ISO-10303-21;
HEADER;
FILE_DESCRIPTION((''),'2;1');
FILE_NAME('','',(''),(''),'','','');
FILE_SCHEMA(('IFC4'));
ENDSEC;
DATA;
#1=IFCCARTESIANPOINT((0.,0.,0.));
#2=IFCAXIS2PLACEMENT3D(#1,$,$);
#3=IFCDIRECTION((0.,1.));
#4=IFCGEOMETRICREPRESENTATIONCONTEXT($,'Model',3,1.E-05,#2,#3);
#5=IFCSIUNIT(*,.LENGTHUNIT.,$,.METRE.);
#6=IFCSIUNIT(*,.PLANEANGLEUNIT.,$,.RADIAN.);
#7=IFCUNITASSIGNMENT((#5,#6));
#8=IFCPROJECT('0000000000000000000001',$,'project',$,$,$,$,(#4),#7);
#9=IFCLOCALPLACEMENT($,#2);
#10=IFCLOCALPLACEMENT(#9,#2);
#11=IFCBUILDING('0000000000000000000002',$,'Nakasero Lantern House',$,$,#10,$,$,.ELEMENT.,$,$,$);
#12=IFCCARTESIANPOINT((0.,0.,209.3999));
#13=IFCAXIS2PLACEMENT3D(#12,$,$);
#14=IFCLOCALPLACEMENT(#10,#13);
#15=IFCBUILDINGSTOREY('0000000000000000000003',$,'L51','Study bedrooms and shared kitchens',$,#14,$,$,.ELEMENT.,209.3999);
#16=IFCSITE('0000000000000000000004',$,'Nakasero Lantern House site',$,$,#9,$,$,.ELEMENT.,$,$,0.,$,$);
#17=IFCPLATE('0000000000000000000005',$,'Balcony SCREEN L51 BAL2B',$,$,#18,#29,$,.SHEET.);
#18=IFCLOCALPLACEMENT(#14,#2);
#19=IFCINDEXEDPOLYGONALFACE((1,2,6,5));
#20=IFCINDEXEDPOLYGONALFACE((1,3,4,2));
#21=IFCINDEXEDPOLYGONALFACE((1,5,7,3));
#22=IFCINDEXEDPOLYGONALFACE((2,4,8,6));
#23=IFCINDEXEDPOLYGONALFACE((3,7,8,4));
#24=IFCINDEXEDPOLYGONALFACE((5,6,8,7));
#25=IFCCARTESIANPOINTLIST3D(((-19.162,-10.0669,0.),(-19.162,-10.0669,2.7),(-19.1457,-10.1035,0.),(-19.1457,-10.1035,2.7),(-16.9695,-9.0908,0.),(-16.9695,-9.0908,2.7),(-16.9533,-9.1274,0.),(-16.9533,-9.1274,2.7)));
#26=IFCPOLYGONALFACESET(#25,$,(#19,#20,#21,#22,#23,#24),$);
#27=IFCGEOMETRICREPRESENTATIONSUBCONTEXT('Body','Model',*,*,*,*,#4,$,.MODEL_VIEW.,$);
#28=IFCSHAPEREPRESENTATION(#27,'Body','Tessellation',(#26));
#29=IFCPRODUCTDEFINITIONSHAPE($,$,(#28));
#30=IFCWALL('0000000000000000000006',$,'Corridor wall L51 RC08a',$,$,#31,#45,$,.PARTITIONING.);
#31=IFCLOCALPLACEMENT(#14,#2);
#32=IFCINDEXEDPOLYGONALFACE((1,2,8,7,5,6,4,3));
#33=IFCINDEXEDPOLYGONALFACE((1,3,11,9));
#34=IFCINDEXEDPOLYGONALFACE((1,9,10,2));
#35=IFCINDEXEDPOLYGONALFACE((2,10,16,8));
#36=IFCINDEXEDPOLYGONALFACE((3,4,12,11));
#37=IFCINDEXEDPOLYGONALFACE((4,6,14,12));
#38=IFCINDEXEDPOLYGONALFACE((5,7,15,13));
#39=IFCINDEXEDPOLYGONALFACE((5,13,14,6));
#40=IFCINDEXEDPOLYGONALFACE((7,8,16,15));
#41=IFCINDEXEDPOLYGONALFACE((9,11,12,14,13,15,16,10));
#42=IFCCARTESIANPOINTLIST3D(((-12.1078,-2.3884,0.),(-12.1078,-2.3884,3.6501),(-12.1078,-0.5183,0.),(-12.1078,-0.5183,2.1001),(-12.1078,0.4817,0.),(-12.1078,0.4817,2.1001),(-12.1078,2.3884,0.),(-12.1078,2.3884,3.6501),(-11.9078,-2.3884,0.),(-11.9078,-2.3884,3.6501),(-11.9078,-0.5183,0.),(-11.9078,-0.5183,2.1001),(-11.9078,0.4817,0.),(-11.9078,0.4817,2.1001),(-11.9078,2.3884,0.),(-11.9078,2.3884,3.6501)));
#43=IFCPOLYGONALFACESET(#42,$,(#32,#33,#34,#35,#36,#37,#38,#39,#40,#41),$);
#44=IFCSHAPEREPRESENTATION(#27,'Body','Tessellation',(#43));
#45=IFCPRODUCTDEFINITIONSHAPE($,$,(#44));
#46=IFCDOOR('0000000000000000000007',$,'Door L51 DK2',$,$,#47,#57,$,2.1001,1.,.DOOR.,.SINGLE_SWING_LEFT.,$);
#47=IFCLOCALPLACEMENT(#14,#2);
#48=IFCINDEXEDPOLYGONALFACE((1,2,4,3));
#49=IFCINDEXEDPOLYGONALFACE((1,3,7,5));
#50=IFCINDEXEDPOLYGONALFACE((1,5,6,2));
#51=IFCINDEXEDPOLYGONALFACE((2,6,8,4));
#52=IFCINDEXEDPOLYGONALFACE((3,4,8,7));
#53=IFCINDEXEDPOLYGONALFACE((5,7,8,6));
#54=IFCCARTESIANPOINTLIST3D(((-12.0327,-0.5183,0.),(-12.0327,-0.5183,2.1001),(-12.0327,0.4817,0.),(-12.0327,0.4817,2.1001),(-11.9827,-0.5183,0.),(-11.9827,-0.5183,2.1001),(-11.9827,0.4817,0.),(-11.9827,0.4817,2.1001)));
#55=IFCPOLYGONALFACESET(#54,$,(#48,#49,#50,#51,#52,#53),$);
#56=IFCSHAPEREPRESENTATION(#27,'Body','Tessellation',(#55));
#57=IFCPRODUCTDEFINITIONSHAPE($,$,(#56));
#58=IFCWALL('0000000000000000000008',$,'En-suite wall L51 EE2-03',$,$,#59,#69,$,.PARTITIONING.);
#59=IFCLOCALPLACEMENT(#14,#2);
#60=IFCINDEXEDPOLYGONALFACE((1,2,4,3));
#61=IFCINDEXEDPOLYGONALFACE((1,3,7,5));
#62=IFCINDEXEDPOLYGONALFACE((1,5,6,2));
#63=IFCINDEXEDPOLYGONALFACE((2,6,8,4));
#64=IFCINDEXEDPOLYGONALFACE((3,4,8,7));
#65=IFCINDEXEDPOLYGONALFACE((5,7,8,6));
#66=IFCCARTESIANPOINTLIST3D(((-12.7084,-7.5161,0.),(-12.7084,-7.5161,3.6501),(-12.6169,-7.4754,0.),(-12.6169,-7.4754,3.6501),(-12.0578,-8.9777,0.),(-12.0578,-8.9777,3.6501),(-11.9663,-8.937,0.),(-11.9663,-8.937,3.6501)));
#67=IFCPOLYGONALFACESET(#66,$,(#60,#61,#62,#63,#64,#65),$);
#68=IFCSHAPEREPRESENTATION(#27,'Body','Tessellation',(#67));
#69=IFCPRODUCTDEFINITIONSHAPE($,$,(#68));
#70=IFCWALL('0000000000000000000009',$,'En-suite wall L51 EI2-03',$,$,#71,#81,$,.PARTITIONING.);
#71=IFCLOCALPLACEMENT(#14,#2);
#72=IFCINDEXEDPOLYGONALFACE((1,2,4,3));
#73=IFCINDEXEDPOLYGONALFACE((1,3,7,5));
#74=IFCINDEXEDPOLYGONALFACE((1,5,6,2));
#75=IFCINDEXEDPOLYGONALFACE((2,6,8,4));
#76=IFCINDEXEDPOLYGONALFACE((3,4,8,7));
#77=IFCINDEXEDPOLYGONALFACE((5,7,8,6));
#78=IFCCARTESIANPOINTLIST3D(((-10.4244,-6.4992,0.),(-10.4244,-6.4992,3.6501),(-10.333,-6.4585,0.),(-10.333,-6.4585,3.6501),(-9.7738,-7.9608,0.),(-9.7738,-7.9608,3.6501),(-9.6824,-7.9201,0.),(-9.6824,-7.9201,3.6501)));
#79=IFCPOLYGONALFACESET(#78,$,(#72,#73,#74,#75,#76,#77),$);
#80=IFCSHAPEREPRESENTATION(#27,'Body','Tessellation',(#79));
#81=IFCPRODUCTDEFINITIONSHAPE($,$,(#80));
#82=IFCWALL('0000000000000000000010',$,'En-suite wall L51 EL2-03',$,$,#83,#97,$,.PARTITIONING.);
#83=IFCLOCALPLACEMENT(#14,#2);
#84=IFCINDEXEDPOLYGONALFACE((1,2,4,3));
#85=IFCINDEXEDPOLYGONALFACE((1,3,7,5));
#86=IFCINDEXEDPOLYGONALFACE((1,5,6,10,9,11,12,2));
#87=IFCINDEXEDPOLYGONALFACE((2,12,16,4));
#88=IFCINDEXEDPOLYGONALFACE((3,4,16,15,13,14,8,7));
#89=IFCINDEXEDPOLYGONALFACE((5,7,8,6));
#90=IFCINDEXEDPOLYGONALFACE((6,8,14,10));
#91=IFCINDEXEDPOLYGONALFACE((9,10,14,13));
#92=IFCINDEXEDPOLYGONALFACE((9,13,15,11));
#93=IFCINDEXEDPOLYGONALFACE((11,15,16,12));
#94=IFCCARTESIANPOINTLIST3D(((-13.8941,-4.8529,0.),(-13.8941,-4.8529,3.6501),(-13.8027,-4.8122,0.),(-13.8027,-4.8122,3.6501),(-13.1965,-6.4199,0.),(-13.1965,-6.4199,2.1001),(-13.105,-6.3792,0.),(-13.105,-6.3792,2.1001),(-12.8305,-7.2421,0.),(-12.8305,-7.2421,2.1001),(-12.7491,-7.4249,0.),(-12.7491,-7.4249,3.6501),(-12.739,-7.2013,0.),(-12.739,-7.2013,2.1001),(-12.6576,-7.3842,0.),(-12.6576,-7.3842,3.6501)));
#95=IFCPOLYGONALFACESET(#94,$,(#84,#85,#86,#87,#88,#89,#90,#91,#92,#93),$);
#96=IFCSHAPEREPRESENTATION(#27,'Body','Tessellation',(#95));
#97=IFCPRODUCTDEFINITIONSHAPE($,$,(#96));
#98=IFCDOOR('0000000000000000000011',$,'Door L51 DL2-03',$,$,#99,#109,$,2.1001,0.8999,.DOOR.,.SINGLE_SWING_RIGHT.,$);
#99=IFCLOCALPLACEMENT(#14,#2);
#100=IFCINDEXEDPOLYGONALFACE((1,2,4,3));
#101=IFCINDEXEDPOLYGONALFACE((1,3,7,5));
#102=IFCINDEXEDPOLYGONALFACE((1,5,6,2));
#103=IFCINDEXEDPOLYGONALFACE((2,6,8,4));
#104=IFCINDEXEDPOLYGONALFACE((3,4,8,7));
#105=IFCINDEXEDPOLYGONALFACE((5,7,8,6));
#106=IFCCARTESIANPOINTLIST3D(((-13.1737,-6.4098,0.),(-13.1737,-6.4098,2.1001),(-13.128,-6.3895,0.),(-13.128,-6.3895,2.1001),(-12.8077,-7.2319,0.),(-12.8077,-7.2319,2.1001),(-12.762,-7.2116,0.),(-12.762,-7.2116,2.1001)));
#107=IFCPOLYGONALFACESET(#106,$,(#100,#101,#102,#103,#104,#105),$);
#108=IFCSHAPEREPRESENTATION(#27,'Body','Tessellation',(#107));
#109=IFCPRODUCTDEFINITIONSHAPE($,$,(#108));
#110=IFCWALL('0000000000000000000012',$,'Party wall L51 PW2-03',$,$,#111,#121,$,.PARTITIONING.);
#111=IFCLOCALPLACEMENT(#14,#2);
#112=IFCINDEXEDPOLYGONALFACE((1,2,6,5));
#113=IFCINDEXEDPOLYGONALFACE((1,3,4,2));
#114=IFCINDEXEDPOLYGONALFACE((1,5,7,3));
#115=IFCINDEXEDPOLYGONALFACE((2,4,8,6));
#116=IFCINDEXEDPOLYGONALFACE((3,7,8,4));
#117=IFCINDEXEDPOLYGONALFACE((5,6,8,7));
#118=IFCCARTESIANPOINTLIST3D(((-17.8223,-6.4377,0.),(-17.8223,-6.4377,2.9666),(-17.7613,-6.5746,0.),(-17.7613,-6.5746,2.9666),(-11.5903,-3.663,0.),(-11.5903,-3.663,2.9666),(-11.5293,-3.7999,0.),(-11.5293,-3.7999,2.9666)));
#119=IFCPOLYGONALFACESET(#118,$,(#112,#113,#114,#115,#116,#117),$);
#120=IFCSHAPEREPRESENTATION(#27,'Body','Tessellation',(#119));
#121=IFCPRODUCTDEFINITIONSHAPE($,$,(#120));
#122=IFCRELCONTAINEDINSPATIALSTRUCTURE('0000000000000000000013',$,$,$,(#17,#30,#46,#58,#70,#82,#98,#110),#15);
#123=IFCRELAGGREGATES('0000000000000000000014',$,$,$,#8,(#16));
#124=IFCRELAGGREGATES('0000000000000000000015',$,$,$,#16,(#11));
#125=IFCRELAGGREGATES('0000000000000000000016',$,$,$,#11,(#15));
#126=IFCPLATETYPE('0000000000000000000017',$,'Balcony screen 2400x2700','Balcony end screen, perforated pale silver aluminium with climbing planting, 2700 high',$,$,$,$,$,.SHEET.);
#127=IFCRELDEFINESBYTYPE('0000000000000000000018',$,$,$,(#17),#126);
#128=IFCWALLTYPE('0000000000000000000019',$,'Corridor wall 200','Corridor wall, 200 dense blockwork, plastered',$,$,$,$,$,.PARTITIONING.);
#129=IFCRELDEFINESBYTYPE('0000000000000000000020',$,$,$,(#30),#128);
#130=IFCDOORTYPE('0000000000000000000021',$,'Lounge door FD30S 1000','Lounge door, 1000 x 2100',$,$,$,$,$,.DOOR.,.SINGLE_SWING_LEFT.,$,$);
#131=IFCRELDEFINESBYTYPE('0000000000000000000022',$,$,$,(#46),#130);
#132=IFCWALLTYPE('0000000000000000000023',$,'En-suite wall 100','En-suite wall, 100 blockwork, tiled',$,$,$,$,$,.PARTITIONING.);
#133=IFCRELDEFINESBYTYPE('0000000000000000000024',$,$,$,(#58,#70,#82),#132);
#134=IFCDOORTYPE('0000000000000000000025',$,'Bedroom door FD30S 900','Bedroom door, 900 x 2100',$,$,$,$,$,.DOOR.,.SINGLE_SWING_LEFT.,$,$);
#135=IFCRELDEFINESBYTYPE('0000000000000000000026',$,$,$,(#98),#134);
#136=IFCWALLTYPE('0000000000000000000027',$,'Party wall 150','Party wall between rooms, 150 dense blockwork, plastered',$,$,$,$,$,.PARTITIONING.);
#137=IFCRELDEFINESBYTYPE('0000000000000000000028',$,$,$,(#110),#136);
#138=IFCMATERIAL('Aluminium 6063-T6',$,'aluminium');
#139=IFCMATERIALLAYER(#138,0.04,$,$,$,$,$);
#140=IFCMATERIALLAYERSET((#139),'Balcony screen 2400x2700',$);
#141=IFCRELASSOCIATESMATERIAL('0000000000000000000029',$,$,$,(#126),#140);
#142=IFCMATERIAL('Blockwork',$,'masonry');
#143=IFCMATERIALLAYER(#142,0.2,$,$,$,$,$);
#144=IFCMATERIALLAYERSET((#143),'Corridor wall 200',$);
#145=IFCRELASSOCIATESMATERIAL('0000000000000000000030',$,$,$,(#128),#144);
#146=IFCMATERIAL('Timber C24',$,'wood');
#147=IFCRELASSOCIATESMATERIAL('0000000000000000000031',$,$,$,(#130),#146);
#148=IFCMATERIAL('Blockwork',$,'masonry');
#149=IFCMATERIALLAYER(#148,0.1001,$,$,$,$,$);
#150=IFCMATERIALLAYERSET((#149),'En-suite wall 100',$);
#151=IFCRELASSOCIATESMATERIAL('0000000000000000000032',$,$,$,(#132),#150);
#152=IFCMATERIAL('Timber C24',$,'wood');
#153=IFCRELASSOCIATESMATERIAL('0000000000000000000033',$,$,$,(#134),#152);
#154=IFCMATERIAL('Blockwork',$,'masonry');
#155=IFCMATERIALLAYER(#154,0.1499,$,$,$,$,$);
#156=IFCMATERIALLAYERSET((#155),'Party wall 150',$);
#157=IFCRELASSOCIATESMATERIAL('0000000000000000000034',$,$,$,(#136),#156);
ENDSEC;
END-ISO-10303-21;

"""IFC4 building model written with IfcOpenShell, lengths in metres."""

from ifc_helpers import new_model, si_unit, direction, frame, frame_2d, origin, origin_2d, place, context, subcontext, project, spatial, rectangle, extrude, material, layer, layer_set, type_object, element, fill, save


model = new_model("IFC4")

# Units and contexts
model_context = context("Model", 3, precision=1e-05, world=origin(), true_north=direction((0.0, 1.0)))
body_context = subcontext(model_context, "Body", "Model", "MODEL_VIEW")
ifc_project = project(units=[si_unit("LENGTHUNIT", "METRE"), si_unit("PLANEANGLEUNIT", "RADIAN")], contexts=[model_context])

# Site, building, storey
site_placement = place(None, origin())
site = spatial("IfcSite", under=ifc_project, at=site_placement, Name="Nakasero Lantern House site", CompositionType="ELEMENT", RefElevation=0.0)
building_placement = place(site_placement, origin())
building = spatial("IfcBuilding", under=site, at=building_placement, Name="Nakasero Lantern House", CompositionType="ELEMENT")
storey_placement = place(building_placement, frame((0.0, 0.0, 209.3999)))
storey = spatial("IfcBuildingStorey", under=building, at=storey_placement, Name="L51", Description="Study bedrooms and shared kitchens", CompositionType="ELEMENT", Elevation=209.3999)

# Plate
ifc_material_1 = material(Name="Aluminium 6063-T6", Category="aluminium")
ifc_layer_1 = layer(ifc_material_1, 0.04)
ifc_layer_set_1 = layer_set([ifc_layer_1], Name="Balcony screen 2400x2700")
plate_type_1 = type_object("IfcPlateType", Name="Balcony screen 2400x2700", Description="Balcony end screen, perforated pale silver aluminium with climbing planting, 2700 high", PredefinedType="SHEET", material=ifc_layer_set_1)
for number, where, z_axis, x_axis, name in (
    (1, (-18.0576, -9.5972, 0.0), (0.0, 0.0, 1.0), (-0.913545, -0.406737, 0.0), "Balcony SCREEN L51 BAL2B"),
):
    element("IfcPlate", number, at=place(storey_placement, frame(where, z_axis=z_axis, x_axis=x_axis)), inside=storey, type_object=plate_type_1, Name=name, PredefinedType="SHEET", context=body_context, shape_type="SweptSolid", body=[
        extrude(rectangle(XDim=2.3999, YDim=0.04, at=origin_2d()), origin(), (0.0, 0.0, 1.0), 2.7),
    ])

# Wall, opening, door
ifc_material_2 = material(Name="Blockwork", Category="masonry")
ifc_layer_2 = layer(ifc_material_2, 0.2)
ifc_layer_set_2 = layer_set([ifc_layer_2], Name="Corridor wall 200")
wall_type_1 = type_object("IfcWallType", Name="Corridor wall 200", Description="Corridor wall, 200 dense blockwork, plastered", PredefinedType="PARTITIONING", material=ifc_layer_set_2)
wall_1_placement = place(storey_placement, frame((-12.0078, -2.3884, 0.0), z_axis=(0.0, 0.0, 1.0), x_axis=(0.0, 1.0, 0.0)))
wall_1 = element("IfcWall", 2, at=wall_1_placement, inside=storey, type_object=wall_type_1, Name="Corridor wall L51 RC08a", PredefinedType="PARTITIONING", context=body_context, shape_type="SweptSolid", body=[
    extrude(rectangle(XDim=4.7769, YDim=0.2, at=frame_2d((2.3884, 0.0))), origin(), (0.0, 0.0, 1.0), 3.6501),
])
opening_1_placement = place(wall_1_placement, frame((1.8701, 0.0, 0.0)))
opening_1 = element("IfcOpeningElement", 3, at=opening_1_placement, cuts=wall_1, PredefinedType="OPENING", context=body_context, shape_type="SweptSolid", body=[
    extrude(rectangle(XDim=1.0, YDim=2.1001, at=frame_2d((0.5, 1.05))), frame((0.0, 0.1199, 0.0), z_axis=(0.0, -1.0, 0.0), x_axis=(1.0, 0.0, 0.0)), (0.0, 0.0, 1.0), 0.24),
])
ifc_material_3 = material(Name="Timber C24", Category="wood")
door_type_1 = type_object("IfcDoorType", Name="Lounge door FD30S 1000", Description="Lounge door, 1000 x 2100", OperationType="SINGLE_SWING_LEFT", PredefinedType="DOOR", material=ifc_material_3)
door_1_placement = place(opening_1_placement, origin())
door_1 = element("IfcDoor", 4, at=door_1_placement, inside=storey, type_object=door_type_1, Name="Door L51 DK2", OperationType="SINGLE_SWING_LEFT", OverallHeight=2.1001, OverallWidth=1.0, PredefinedType="DOOR", context=body_context, shape_type="SweptSolid", body=[
    extrude(rectangle(XDim=1.0, YDim=2.1001, at=frame_2d((0.5, 1.05))), frame((0.0, 0.0249, 0.0), z_axis=(0.0, -1.0, 0.0), x_axis=(1.0, 0.0, 0.0)), (0.0, 0.0, 1.0), 0.05),
])
fill(opening_1, door_1)

# Walls
ifc_material_4 = material(Name="Blockwork", Category="masonry")
ifc_layer_3 = layer(ifc_material_4, 0.1001)
ifc_layer_set_3 = layer_set([ifc_layer_3], Name="En-suite wall 100")
wall_type_2 = type_object("IfcWallType", Name="En-suite wall 100", Description="En-suite wall, 100 blockwork, tiled", PredefinedType="PARTITIONING", material=ifc_layer_set_3)
for number, where, z_axis, x_axis, name in (
    (5, (-12.6626, -7.4958, 0.0), (0.0, 0.0, 1.0), (0.406662, -0.913579, 0.0), "En-suite wall L51 EE2-03"),
    (6, (-10.3787, -6.479, 0.0), (0.0, 0.0, 1.0), (0.406662, -0.913579, 0.0), "En-suite wall L51 EI2-03"),
):
    element("IfcWall", number, at=place(storey_placement, frame(where, z_axis=z_axis, x_axis=x_axis)), inside=storey, type_object=wall_type_2, Name=name, PredefinedType="PARTITIONING", context=body_context, shape_type="SweptSolid", body=[
        extrude(rectangle(XDim=1.5999, YDim=0.1001, at=frame_2d((0.7998, 0.0))), origin(), (0.0, 0.0, 1.0), 3.6501),
    ])

# Wall, opening, door
wall_2_placement = place(storey_placement, frame((-13.8484, -4.8325, 0.0), z_axis=(0.0, 0.0, 1.0), x_axis=(0.406702, -0.913561, 0.0)))
wall_2 = element("IfcWall", 7, at=wall_2_placement, inside=storey, type_object=wall_type_2, Name="En-suite wall L51 EL2-03", PredefinedType="PARTITIONING", context=body_context, shape_type="SweptSolid", body=[
    extrude(rectangle(XDim=2.8154, YDim=0.1001, at=frame_2d((1.4077, 0.0))), origin(), (0.0, 0.0, 1.0), 3.6501),
])
opening_2_placement = place(wall_2_placement, frame((1.7153, 0.0, 0.0)))
opening_2 = element("IfcOpeningElement", 8, at=opening_2_placement, cuts=wall_2, PredefinedType="OPENING", context=body_context, shape_type="SweptSolid", body=[
    extrude(rectangle(XDim=0.8999, YDim=2.1001, at=frame_2d((0.45, 1.05))), frame((0.0, 0.0701, 0.0), z_axis=(0.0, -1.0, 0.0), x_axis=(1.0, 0.0, 0.0)), (0.0, 0.0, 1.0), 0.1401),
])
ifc_material_5 = material(Name="Timber C24", Category="wood")
door_type_2 = type_object("IfcDoorType", Name="Bedroom door FD30S 900", Description="Bedroom door, 900 x 2100", OperationType="SINGLE_SWING_LEFT", PredefinedType="DOOR", material=ifc_material_5)
door_2_placement = place(opening_2_placement, origin())
door_2 = element("IfcDoor", 9, at=door_2_placement, inside=storey, type_object=door_type_2, Name="Door L51 DL2-03", OperationType="SINGLE_SWING_RIGHT", OverallHeight=2.1001, OverallWidth=0.8999, PredefinedType="DOOR", context=body_context, shape_type="SweptSolid", body=[
    extrude(rectangle(XDim=0.8999, YDim=2.1001, at=frame_2d((0.45, 1.05))), frame((0.0, 0.0249, 0.0), z_axis=(0.0, -1.0, 0.0), x_axis=(1.0, 0.0, 0.0)), (0.0, 0.0, 1.0), 0.05),
])
fill(opening_2, door_2)

# Wall
ifc_material_6 = material(Name="Blockwork", Category="masonry")
ifc_layer_4 = layer(ifc_material_6, 0.1499)
ifc_layer_set_4 = layer_set([ifc_layer_4], Name="Party wall 150")
wall_type_3 = type_object("IfcWallType", Name="Party wall 150", Description="Party wall between rooms, 150 dense blockwork, plastered", PredefinedType="PARTITIONING", material=ifc_layer_set_4)
wall_3_placement = place(storey_placement, frame((-11.5598, -3.7314, 0.0), z_axis=(0.0, 0.0, 1.0), x_axis=(-0.913544, -0.406739, 0.0)))
element("IfcWall", 10, at=wall_3_placement, inside=storey, type_object=wall_type_3, Name="Party wall L51 PW2-03", PredefinedType="PARTITIONING", context=body_context, shape_type="SweptSolid", body=[
    extrude(rectangle(XDim=6.8218, YDim=0.1499, at=frame_2d((3.4109, 0.0))), origin(), (0.0, 0.0, 1.0), 2.9666),
])

save(model, "model.ifc")
